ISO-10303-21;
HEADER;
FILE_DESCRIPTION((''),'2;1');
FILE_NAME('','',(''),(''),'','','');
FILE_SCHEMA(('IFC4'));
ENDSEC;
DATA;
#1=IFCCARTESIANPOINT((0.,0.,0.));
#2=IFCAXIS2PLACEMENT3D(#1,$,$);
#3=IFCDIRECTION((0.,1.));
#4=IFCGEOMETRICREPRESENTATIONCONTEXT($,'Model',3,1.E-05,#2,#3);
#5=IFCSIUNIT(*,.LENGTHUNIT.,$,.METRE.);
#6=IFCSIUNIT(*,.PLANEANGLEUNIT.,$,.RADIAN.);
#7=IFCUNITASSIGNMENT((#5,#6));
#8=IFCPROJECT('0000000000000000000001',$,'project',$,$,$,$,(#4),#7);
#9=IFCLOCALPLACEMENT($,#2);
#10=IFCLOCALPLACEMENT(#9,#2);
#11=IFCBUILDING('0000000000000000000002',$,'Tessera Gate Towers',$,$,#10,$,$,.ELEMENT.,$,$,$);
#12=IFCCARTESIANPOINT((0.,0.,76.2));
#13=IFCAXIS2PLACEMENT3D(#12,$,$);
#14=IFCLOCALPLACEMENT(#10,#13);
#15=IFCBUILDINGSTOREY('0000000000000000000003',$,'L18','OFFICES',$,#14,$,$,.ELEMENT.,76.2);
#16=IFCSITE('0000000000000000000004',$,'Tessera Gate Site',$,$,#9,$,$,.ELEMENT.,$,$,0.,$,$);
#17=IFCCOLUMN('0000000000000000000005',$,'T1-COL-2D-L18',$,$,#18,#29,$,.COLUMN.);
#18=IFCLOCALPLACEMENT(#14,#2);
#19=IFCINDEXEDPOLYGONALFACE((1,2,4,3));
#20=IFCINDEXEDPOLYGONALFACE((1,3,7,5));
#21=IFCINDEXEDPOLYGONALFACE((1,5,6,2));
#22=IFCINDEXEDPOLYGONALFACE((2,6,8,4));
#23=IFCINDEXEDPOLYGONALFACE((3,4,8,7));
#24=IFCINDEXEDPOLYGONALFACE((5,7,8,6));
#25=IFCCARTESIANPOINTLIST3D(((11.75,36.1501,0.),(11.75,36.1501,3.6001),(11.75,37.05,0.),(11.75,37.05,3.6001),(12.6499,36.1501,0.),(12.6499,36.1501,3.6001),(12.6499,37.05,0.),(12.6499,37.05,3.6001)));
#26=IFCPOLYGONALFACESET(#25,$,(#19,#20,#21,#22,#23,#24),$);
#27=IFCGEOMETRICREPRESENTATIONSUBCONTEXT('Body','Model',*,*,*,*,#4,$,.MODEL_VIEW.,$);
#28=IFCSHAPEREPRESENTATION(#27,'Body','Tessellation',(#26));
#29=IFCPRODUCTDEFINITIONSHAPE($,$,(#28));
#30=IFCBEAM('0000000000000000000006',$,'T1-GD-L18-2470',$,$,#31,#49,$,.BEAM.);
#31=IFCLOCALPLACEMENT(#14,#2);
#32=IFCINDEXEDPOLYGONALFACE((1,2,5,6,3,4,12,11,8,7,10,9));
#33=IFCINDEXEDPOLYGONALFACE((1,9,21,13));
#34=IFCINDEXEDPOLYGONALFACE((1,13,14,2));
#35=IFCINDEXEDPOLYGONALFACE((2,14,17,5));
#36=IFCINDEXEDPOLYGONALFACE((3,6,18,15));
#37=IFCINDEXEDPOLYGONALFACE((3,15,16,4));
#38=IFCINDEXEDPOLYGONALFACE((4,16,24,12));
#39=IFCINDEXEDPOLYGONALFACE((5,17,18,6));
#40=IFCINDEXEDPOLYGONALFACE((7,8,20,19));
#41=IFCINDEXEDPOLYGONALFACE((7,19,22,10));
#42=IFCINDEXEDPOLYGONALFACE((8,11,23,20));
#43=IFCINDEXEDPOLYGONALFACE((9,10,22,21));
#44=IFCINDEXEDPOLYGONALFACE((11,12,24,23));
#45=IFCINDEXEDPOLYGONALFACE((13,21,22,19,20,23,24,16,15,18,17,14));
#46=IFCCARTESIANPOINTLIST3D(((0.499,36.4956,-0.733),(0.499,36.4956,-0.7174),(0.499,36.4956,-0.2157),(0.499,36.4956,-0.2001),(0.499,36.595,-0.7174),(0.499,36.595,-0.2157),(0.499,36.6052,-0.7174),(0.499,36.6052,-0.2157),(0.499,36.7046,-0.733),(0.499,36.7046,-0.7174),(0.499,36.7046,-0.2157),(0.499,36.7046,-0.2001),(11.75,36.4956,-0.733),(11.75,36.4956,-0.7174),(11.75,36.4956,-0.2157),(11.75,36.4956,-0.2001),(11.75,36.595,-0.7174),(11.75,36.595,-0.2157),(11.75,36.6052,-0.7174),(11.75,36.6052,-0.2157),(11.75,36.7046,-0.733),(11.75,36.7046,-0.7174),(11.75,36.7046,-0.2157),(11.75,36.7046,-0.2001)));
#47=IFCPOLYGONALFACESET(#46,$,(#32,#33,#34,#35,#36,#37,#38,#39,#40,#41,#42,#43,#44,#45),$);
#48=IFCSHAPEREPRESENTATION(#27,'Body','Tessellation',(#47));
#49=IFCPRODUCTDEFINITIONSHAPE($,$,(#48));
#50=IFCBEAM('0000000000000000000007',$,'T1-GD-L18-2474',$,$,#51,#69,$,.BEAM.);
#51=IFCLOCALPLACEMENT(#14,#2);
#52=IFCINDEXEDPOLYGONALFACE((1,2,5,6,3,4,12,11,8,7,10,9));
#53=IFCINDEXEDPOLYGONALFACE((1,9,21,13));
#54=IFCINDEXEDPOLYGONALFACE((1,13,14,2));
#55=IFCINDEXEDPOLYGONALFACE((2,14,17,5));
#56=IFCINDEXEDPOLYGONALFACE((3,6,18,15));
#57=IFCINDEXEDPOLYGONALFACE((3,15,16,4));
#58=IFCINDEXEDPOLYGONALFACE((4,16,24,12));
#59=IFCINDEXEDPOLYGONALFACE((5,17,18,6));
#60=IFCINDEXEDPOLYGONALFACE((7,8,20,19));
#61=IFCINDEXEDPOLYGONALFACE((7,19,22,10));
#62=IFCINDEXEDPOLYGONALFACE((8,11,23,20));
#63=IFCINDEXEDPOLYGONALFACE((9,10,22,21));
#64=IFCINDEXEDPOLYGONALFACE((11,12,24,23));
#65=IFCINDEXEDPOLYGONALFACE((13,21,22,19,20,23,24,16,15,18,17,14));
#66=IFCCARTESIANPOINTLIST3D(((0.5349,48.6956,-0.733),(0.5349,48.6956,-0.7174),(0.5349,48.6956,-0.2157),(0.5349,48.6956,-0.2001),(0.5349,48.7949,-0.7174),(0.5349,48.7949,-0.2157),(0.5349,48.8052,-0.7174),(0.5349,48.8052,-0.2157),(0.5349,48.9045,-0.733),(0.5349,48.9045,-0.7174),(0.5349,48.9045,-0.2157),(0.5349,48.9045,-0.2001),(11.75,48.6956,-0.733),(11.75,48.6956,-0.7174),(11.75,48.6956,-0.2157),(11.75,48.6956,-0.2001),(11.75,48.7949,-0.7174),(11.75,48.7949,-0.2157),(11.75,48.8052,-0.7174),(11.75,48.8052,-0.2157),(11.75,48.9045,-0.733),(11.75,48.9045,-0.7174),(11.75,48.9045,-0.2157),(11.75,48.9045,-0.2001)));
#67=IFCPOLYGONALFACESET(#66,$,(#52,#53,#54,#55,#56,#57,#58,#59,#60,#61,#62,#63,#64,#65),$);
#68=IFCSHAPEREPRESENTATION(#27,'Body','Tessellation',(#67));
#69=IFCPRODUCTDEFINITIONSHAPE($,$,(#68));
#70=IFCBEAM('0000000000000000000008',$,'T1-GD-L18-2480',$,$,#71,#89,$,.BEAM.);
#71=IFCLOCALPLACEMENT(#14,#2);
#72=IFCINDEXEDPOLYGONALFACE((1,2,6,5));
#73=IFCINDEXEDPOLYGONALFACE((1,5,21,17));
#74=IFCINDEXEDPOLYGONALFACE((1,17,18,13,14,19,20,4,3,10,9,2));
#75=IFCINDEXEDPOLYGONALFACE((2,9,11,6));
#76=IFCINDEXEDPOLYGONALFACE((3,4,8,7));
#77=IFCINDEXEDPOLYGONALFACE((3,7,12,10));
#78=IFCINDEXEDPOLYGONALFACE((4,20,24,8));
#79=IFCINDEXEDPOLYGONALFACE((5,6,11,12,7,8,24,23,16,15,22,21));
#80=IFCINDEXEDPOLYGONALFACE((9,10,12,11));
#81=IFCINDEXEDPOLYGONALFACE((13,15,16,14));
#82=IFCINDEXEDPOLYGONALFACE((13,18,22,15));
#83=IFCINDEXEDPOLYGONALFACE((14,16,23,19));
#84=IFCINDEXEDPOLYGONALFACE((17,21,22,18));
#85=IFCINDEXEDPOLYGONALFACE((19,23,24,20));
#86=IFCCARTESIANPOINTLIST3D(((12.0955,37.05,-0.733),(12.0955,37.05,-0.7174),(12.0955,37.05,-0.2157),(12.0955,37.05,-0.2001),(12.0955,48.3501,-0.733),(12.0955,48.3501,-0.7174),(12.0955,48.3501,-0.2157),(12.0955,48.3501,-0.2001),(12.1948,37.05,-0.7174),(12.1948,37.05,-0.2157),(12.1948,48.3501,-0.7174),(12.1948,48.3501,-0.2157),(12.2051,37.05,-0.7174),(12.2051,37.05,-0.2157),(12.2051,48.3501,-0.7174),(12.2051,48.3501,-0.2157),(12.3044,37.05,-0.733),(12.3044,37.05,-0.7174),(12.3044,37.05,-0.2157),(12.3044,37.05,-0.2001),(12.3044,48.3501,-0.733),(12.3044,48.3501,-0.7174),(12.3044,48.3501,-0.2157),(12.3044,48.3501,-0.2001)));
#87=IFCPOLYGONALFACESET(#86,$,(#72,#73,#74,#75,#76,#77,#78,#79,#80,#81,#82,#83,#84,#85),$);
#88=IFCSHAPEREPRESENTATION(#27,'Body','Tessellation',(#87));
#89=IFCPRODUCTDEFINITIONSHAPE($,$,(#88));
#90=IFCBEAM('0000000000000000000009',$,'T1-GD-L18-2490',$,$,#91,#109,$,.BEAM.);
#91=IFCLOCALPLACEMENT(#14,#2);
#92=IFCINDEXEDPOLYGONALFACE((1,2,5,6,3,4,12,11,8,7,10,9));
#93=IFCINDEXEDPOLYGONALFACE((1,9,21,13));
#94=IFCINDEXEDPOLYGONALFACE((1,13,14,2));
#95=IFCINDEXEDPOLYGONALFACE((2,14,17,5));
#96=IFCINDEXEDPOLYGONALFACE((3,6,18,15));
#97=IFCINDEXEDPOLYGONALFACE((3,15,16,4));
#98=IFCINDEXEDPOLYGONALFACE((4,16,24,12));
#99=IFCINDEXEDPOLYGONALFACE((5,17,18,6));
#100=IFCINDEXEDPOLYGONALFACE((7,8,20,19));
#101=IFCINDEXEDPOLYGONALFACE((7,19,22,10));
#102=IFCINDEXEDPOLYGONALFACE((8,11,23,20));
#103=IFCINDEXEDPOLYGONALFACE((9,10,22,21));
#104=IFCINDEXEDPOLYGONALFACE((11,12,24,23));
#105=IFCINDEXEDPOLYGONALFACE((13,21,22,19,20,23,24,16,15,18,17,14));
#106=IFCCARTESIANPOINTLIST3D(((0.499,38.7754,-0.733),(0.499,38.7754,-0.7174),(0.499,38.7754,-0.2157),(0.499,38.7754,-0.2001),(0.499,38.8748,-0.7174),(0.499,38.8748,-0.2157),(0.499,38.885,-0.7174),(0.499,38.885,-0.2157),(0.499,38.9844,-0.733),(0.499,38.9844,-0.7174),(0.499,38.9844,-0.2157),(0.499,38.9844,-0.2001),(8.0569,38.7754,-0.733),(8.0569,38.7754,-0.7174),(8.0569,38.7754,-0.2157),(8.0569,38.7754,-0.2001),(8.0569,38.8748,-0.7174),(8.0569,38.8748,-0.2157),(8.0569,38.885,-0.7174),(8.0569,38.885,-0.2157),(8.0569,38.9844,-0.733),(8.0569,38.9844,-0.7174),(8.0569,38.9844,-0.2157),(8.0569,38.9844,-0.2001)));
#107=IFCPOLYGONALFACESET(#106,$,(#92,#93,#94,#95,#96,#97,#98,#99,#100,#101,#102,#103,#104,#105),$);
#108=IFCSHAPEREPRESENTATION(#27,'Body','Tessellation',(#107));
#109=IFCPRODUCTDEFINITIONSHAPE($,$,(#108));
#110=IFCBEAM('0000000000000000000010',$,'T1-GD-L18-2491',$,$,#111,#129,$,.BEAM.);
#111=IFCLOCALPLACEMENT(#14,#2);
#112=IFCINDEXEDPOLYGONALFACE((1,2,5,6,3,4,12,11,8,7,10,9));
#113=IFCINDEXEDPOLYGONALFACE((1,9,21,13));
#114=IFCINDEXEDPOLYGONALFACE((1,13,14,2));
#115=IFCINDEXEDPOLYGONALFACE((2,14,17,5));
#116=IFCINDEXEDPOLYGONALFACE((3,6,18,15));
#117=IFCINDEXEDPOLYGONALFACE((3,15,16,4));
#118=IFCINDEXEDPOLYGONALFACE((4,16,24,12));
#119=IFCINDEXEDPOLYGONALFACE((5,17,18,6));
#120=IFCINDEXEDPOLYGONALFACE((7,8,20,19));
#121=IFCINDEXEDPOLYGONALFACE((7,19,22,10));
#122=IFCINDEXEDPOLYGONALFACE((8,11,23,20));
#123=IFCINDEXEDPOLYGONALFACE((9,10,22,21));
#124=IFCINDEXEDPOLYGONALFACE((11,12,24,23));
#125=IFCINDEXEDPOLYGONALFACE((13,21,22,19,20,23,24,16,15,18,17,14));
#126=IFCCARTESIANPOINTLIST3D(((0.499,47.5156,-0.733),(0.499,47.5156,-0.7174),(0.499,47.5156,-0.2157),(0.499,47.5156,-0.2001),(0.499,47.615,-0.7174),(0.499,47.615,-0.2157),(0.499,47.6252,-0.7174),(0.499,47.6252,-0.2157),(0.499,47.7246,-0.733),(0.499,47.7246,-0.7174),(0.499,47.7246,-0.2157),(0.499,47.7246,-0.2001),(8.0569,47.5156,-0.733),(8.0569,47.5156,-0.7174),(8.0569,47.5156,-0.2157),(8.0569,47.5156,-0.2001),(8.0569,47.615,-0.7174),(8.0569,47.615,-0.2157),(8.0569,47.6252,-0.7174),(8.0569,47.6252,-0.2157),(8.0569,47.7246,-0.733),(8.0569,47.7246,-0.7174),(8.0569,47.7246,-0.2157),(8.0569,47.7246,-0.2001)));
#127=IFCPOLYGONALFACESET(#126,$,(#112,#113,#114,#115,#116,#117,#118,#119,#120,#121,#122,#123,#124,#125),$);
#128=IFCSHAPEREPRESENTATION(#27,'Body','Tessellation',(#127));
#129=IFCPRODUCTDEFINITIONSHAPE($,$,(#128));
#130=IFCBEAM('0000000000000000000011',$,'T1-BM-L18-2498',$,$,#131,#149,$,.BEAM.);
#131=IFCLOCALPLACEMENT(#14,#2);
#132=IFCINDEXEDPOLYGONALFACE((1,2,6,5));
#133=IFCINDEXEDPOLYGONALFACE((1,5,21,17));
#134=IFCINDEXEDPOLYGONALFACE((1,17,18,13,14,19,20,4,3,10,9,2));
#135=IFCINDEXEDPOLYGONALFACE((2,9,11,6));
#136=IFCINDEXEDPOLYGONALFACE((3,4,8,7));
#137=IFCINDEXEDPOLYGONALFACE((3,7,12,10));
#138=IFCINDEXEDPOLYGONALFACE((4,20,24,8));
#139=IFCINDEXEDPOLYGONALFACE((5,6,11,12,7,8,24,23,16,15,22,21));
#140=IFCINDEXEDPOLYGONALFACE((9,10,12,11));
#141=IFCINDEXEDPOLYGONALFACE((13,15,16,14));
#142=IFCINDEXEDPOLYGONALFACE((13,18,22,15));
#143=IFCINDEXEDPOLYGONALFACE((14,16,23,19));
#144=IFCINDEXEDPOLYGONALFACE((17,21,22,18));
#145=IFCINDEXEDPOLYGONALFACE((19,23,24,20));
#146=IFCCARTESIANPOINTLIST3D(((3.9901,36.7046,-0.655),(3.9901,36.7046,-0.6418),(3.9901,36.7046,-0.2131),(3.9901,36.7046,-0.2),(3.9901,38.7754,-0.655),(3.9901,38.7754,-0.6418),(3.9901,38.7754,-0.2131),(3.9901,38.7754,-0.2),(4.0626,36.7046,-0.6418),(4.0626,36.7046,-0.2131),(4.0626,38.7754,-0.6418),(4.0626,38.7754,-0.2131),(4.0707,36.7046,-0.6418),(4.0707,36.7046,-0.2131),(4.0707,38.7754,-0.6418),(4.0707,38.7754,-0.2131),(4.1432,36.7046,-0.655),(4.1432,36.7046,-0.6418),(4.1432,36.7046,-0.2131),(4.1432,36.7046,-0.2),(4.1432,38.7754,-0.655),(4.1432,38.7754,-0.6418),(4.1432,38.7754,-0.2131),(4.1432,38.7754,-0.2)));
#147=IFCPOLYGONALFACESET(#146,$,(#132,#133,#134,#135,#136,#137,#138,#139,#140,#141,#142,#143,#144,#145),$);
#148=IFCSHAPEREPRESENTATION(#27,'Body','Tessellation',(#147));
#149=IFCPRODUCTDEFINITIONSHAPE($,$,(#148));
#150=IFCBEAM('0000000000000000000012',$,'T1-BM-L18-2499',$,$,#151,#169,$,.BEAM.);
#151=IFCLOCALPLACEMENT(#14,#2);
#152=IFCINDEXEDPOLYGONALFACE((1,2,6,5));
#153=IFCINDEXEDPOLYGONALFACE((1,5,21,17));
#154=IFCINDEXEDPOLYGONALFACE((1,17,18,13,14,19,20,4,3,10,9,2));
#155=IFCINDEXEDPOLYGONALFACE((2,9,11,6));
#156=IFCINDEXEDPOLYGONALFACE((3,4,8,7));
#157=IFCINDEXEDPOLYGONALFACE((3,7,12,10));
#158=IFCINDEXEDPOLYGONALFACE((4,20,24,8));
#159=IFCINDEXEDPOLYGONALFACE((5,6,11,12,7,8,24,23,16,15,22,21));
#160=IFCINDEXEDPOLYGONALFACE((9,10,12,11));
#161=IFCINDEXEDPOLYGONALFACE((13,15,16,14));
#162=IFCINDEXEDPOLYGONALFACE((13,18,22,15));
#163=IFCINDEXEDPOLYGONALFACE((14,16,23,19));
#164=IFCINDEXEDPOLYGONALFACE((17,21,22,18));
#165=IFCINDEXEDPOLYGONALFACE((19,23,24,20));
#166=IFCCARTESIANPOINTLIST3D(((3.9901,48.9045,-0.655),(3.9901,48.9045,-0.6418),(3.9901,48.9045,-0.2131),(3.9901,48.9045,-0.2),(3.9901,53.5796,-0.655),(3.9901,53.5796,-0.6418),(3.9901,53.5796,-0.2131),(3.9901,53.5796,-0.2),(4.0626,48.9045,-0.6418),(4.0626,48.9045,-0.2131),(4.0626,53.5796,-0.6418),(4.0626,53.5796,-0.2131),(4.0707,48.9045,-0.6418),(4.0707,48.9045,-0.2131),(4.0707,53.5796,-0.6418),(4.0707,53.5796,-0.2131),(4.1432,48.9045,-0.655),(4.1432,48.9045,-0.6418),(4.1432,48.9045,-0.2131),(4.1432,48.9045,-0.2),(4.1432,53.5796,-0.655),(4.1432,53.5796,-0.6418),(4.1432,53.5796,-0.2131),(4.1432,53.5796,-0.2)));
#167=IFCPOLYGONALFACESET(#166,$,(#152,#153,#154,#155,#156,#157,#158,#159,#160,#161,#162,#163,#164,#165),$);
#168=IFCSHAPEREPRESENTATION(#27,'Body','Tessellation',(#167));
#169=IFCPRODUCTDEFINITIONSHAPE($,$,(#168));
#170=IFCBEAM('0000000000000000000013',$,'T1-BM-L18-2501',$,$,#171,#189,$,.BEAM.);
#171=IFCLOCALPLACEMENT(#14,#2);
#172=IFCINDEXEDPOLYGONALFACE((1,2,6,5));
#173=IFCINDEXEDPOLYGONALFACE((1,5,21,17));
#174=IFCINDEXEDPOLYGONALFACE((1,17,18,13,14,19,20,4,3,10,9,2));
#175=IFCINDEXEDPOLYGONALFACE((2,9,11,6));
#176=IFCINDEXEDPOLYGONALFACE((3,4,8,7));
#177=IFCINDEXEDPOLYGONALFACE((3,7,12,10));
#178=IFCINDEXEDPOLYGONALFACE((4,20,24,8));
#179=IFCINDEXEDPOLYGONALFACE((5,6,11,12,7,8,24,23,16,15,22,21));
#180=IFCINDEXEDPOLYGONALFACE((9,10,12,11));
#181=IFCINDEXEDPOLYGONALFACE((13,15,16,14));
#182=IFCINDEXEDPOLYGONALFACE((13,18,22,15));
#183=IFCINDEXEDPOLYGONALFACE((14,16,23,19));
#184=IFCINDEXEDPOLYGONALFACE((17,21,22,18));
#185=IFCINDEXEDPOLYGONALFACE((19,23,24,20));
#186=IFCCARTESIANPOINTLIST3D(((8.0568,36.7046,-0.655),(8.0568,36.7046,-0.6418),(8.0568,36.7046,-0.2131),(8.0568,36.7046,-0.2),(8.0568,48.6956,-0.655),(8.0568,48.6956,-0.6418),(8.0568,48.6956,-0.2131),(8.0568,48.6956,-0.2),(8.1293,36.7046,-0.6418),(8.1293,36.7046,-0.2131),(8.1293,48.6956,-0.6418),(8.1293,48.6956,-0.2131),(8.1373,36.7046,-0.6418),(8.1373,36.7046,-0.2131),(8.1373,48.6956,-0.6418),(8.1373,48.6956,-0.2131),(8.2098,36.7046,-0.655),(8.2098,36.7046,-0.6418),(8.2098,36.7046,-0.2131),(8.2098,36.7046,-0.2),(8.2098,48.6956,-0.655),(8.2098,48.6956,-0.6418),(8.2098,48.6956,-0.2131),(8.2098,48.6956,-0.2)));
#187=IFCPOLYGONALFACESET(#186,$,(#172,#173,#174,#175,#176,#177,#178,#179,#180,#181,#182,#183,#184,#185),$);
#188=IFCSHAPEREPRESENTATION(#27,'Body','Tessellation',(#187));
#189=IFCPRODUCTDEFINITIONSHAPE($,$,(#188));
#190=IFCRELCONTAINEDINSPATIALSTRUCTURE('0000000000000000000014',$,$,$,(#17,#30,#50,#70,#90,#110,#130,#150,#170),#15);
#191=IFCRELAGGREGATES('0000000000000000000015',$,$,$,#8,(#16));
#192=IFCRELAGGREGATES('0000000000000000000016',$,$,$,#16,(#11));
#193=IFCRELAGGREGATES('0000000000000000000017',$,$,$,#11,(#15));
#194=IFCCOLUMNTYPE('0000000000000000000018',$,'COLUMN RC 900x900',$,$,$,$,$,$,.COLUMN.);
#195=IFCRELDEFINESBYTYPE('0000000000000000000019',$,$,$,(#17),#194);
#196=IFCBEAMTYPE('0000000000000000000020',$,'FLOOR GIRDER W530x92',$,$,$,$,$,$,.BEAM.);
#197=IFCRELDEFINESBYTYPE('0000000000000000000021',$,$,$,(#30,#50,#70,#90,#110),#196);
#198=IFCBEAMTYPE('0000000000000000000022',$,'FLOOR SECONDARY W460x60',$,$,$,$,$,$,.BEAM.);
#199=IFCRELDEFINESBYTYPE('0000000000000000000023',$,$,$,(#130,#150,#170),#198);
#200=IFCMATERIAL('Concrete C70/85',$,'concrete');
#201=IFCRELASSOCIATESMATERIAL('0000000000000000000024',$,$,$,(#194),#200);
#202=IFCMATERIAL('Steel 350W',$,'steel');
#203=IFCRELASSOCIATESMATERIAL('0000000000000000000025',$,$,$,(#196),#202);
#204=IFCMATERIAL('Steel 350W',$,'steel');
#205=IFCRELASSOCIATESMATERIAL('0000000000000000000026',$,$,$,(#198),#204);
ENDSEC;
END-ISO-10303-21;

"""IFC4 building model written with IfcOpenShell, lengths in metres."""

from ifc_helpers import new_model, si_unit, direction, frame, origin, origin_2d, place, context, subcontext, project, spatial, rectangle, i_section, extrude, material, material_profile, profile_set, type_object, element, save


model = new_model("IFC4")

# Units and contexts
model_context = context("Model", 3, precision=1e-05, world=origin(), true_north=direction((0.0, 1.0)))
body_context = subcontext(model_context, "Body", "Model", "MODEL_VIEW")
ifc_project = project(units=[si_unit("LENGTHUNIT", "METRE"), si_unit("PLANEANGLEUNIT", "RADIAN")], contexts=[model_context])

# Site, building, storey
site_placement = place(None, origin())
site = spatial("IfcSite", under=ifc_project, at=site_placement, Name="Tessera Gate Site", CompositionType="ELEMENT", RefElevation=0.0)
building_placement = place(site_placement, origin())
building = spatial("IfcBuilding", under=site, at=building_placement, Name="Tessera Gate Towers", CompositionType="ELEMENT")
storey_placement = place(building_placement, frame((0.0, 0.0, 76.2)))
storey = spatial("IfcBuildingStorey", under=building, at=storey_placement, Name="L18", Description="OFFICES", CompositionType="ELEMENT", Elevation=76.2)

# Column
ifc_material_1 = material(Name="Concrete C70/85", Category="concrete")
ifc_material_profile_1 = material_profile(ifc_material_1, rectangle(XDim=0.8999, YDim=0.8999, at=origin_2d()), Name="RC 900x900")
ifc_profile_set_1 = profile_set([ifc_material_profile_1], Name="Concrete C70/85")
column_type = type_object("IfcColumnType", Name="COLUMN RC 900x900", PredefinedType="COLUMN", material=ifc_profile_set_1)
column_placement = place(storey_placement, frame((12.2, 36.6001, 0.0), z_axis=(0.0, 0.0, 1.0), x_axis=(1.0, 0.0, 0.0)))
element("IfcColumn", 1, at=column_placement, inside=storey, type_object=column_type, Name="T1-COL-2D-L18", PredefinedType="COLUMN", context=body_context, shape_type="SweptSolid", body=[
    extrude(rectangle(XDim=0.8999, YDim=0.8999, at=origin_2d()), origin(), (0.0, 0.0, 1.0), 3.6001),
])

# Beams
ifc_material_2 = material(Name="Steel 350W", Category="steel")
ifc_material_profile_2 = material_profile(ifc_material_2, i_section(OverallWidth=0.209, OverallDepth=0.533, WebThickness=0.0103, FlangeThickness=0.0156, at=origin_2d()), Name="W530x92")
ifc_profile_set_2 = profile_set([ifc_material_profile_2], Name="Steel 350W")
beam_type_1 = type_object("IfcBeamType", Name="FLOOR GIRDER W530x92", PredefinedType="BEAM", material=ifc_profile_set_2)
beam_1_placement = place(storey_placement, frame((0.499, 36.6001, -0.4666), z_axis=(1.0, 0.0, 0.0), x_axis=(0.0, 1.0, 0.0)))
element("IfcBeam", 2, at=beam_1_placement, inside=storey, type_object=beam_type_1, Name="T1-GD-L18-2470", PredefinedType="BEAM", context=body_context, shape_type="SweptSolid", body=[
    extrude(i_section(OverallWidth=0.209, OverallDepth=0.533, WebThickness=0.0103, FlangeThickness=0.0156, at=origin_2d()), origin(), (0.0, 0.0, 1.0), 11.251),
])
beam_2_placement = place(storey_placement, frame((0.5349, 48.8, -0.4666), z_axis=(1.0, 0.0, 0.0), x_axis=(0.0, 1.0, 0.0)))
element("IfcBeam", 3, at=beam_2_placement, inside=storey, type_object=beam_type_1, Name="T1-GD-L18-2474", PredefinedType="BEAM", context=body_context, shape_type="SweptSolid", body=[
    extrude(i_section(OverallWidth=0.209, OverallDepth=0.533, WebThickness=0.0103, FlangeThickness=0.0156, at=origin_2d()), origin(), (0.0, 0.0, 1.0), 11.2151),
])
beam_3_placement = place(storey_placement, frame((12.2, 37.05, -0.4666), z_axis=(0.0, 1.0, 0.0), x_axis=(-1.0, 0.0, 0.0)))
element("IfcBeam", 4, at=beam_3_placement, inside=storey, type_object=beam_type_1, Name="T1-GD-L18-2480", PredefinedType="BEAM", context=body_context, shape_type="SweptSolid", body=[
    extrude(i_section(OverallWidth=0.209, OverallDepth=0.533, WebThickness=0.0103, FlangeThickness=0.0156, at=origin_2d()), origin(), (0.0, 0.0, 1.0), 11.3),
])
for number, where, z_axis, x_axis, name in (
    (5, (0.499, 38.8799, -0.4666), (1.0, 0.0, 0.0), (0.0, 1.0, 0.0), "T1-GD-L18-2490"),
    (6, (0.499, 47.6201, -0.4666), (1.0, 0.0, 0.0), (0.0, 1.0, 0.0), "T1-GD-L18-2491"),
):
    element("IfcBeam", number, at=place(storey_placement, frame(where, z_axis=z_axis, x_axis=x_axis)), inside=storey, type_object=beam_type_1, Name=name, PredefinedType="BEAM", context=body_context, shape_type="SweptSolid", body=[
        extrude(i_section(OverallWidth=0.209, OverallDepth=0.533, WebThickness=0.0103, FlangeThickness=0.0156, at=origin_2d()), origin(), (0.0, 0.0, 1.0), 7.5579),
    ])
ifc_material_3 = material(Name="Steel 350W", Category="steel")
ifc_material_profile_3 = material_profile(ifc_material_3, i_section(OverallWidth=0.1531, OverallDepth=0.4551, WebThickness=0.0081, FlangeThickness=0.0132, at=origin_2d()), Name="W460x60")
ifc_profile_set_3 = profile_set([ifc_material_profile_3], Name="Steel 350W")
beam_type_2 = type_object("IfcBeamType", Name="FLOOR SECONDARY W460x60", PredefinedType="BEAM", material=ifc_profile_set_3)
beam_4_placement = place(storey_placement, frame((4.0667, 36.7046, -0.4275), z_axis=(0.0, 1.0, 0.0), x_axis=(-1.0, 0.0, 0.0)))
element("IfcBeam", 7, at=beam_4_placement, inside=storey, type_object=beam_type_2, Name="T1-BM-L18-2498", PredefinedType="BEAM", context=body_context, shape_type="SweptSolid", body=[
    extrude(i_section(OverallWidth=0.1531, OverallDepth=0.4551, WebThickness=0.0081, FlangeThickness=0.0132, at=origin_2d()), origin(), (0.0, 0.0, 1.0), 2.0708),
])
beam_5_placement = place(storey_placement, frame((4.0667, 48.9045, -0.4275), z_axis=(0.0, 1.0, 0.0), x_axis=(-1.0, 0.0, 0.0)))
element("IfcBeam", 8, at=beam_5_placement, inside=storey, type_object=beam_type_2, Name="T1-BM-L18-2499", PredefinedType="BEAM", context=body_context, shape_type="SweptSolid", body=[
    extrude(i_section(OverallWidth=0.1531, OverallDepth=0.4551, WebThickness=0.0081, FlangeThickness=0.0132, at=origin_2d()), origin(), (0.0, 0.0, 1.0), 4.675),
])
beam_6_placement = place(storey_placement, frame((8.1333, 36.7046, -0.4275), z_axis=(0.0, 1.0, 0.0), x_axis=(-1.0, 0.0, 0.0)))
element("IfcBeam", 9, at=beam_6_placement, inside=storey, type_object=beam_type_2, Name="T1-BM-L18-2501", PredefinedType="BEAM", context=body_context, shape_type="SweptSolid", body=[
    extrude(i_section(OverallWidth=0.1531, OverallDepth=0.4551, WebThickness=0.0081, FlangeThickness=0.0132, at=origin_2d()), origin(), (0.0, 0.0, 1.0), 11.991),
])

save(model, "model.ifc")
